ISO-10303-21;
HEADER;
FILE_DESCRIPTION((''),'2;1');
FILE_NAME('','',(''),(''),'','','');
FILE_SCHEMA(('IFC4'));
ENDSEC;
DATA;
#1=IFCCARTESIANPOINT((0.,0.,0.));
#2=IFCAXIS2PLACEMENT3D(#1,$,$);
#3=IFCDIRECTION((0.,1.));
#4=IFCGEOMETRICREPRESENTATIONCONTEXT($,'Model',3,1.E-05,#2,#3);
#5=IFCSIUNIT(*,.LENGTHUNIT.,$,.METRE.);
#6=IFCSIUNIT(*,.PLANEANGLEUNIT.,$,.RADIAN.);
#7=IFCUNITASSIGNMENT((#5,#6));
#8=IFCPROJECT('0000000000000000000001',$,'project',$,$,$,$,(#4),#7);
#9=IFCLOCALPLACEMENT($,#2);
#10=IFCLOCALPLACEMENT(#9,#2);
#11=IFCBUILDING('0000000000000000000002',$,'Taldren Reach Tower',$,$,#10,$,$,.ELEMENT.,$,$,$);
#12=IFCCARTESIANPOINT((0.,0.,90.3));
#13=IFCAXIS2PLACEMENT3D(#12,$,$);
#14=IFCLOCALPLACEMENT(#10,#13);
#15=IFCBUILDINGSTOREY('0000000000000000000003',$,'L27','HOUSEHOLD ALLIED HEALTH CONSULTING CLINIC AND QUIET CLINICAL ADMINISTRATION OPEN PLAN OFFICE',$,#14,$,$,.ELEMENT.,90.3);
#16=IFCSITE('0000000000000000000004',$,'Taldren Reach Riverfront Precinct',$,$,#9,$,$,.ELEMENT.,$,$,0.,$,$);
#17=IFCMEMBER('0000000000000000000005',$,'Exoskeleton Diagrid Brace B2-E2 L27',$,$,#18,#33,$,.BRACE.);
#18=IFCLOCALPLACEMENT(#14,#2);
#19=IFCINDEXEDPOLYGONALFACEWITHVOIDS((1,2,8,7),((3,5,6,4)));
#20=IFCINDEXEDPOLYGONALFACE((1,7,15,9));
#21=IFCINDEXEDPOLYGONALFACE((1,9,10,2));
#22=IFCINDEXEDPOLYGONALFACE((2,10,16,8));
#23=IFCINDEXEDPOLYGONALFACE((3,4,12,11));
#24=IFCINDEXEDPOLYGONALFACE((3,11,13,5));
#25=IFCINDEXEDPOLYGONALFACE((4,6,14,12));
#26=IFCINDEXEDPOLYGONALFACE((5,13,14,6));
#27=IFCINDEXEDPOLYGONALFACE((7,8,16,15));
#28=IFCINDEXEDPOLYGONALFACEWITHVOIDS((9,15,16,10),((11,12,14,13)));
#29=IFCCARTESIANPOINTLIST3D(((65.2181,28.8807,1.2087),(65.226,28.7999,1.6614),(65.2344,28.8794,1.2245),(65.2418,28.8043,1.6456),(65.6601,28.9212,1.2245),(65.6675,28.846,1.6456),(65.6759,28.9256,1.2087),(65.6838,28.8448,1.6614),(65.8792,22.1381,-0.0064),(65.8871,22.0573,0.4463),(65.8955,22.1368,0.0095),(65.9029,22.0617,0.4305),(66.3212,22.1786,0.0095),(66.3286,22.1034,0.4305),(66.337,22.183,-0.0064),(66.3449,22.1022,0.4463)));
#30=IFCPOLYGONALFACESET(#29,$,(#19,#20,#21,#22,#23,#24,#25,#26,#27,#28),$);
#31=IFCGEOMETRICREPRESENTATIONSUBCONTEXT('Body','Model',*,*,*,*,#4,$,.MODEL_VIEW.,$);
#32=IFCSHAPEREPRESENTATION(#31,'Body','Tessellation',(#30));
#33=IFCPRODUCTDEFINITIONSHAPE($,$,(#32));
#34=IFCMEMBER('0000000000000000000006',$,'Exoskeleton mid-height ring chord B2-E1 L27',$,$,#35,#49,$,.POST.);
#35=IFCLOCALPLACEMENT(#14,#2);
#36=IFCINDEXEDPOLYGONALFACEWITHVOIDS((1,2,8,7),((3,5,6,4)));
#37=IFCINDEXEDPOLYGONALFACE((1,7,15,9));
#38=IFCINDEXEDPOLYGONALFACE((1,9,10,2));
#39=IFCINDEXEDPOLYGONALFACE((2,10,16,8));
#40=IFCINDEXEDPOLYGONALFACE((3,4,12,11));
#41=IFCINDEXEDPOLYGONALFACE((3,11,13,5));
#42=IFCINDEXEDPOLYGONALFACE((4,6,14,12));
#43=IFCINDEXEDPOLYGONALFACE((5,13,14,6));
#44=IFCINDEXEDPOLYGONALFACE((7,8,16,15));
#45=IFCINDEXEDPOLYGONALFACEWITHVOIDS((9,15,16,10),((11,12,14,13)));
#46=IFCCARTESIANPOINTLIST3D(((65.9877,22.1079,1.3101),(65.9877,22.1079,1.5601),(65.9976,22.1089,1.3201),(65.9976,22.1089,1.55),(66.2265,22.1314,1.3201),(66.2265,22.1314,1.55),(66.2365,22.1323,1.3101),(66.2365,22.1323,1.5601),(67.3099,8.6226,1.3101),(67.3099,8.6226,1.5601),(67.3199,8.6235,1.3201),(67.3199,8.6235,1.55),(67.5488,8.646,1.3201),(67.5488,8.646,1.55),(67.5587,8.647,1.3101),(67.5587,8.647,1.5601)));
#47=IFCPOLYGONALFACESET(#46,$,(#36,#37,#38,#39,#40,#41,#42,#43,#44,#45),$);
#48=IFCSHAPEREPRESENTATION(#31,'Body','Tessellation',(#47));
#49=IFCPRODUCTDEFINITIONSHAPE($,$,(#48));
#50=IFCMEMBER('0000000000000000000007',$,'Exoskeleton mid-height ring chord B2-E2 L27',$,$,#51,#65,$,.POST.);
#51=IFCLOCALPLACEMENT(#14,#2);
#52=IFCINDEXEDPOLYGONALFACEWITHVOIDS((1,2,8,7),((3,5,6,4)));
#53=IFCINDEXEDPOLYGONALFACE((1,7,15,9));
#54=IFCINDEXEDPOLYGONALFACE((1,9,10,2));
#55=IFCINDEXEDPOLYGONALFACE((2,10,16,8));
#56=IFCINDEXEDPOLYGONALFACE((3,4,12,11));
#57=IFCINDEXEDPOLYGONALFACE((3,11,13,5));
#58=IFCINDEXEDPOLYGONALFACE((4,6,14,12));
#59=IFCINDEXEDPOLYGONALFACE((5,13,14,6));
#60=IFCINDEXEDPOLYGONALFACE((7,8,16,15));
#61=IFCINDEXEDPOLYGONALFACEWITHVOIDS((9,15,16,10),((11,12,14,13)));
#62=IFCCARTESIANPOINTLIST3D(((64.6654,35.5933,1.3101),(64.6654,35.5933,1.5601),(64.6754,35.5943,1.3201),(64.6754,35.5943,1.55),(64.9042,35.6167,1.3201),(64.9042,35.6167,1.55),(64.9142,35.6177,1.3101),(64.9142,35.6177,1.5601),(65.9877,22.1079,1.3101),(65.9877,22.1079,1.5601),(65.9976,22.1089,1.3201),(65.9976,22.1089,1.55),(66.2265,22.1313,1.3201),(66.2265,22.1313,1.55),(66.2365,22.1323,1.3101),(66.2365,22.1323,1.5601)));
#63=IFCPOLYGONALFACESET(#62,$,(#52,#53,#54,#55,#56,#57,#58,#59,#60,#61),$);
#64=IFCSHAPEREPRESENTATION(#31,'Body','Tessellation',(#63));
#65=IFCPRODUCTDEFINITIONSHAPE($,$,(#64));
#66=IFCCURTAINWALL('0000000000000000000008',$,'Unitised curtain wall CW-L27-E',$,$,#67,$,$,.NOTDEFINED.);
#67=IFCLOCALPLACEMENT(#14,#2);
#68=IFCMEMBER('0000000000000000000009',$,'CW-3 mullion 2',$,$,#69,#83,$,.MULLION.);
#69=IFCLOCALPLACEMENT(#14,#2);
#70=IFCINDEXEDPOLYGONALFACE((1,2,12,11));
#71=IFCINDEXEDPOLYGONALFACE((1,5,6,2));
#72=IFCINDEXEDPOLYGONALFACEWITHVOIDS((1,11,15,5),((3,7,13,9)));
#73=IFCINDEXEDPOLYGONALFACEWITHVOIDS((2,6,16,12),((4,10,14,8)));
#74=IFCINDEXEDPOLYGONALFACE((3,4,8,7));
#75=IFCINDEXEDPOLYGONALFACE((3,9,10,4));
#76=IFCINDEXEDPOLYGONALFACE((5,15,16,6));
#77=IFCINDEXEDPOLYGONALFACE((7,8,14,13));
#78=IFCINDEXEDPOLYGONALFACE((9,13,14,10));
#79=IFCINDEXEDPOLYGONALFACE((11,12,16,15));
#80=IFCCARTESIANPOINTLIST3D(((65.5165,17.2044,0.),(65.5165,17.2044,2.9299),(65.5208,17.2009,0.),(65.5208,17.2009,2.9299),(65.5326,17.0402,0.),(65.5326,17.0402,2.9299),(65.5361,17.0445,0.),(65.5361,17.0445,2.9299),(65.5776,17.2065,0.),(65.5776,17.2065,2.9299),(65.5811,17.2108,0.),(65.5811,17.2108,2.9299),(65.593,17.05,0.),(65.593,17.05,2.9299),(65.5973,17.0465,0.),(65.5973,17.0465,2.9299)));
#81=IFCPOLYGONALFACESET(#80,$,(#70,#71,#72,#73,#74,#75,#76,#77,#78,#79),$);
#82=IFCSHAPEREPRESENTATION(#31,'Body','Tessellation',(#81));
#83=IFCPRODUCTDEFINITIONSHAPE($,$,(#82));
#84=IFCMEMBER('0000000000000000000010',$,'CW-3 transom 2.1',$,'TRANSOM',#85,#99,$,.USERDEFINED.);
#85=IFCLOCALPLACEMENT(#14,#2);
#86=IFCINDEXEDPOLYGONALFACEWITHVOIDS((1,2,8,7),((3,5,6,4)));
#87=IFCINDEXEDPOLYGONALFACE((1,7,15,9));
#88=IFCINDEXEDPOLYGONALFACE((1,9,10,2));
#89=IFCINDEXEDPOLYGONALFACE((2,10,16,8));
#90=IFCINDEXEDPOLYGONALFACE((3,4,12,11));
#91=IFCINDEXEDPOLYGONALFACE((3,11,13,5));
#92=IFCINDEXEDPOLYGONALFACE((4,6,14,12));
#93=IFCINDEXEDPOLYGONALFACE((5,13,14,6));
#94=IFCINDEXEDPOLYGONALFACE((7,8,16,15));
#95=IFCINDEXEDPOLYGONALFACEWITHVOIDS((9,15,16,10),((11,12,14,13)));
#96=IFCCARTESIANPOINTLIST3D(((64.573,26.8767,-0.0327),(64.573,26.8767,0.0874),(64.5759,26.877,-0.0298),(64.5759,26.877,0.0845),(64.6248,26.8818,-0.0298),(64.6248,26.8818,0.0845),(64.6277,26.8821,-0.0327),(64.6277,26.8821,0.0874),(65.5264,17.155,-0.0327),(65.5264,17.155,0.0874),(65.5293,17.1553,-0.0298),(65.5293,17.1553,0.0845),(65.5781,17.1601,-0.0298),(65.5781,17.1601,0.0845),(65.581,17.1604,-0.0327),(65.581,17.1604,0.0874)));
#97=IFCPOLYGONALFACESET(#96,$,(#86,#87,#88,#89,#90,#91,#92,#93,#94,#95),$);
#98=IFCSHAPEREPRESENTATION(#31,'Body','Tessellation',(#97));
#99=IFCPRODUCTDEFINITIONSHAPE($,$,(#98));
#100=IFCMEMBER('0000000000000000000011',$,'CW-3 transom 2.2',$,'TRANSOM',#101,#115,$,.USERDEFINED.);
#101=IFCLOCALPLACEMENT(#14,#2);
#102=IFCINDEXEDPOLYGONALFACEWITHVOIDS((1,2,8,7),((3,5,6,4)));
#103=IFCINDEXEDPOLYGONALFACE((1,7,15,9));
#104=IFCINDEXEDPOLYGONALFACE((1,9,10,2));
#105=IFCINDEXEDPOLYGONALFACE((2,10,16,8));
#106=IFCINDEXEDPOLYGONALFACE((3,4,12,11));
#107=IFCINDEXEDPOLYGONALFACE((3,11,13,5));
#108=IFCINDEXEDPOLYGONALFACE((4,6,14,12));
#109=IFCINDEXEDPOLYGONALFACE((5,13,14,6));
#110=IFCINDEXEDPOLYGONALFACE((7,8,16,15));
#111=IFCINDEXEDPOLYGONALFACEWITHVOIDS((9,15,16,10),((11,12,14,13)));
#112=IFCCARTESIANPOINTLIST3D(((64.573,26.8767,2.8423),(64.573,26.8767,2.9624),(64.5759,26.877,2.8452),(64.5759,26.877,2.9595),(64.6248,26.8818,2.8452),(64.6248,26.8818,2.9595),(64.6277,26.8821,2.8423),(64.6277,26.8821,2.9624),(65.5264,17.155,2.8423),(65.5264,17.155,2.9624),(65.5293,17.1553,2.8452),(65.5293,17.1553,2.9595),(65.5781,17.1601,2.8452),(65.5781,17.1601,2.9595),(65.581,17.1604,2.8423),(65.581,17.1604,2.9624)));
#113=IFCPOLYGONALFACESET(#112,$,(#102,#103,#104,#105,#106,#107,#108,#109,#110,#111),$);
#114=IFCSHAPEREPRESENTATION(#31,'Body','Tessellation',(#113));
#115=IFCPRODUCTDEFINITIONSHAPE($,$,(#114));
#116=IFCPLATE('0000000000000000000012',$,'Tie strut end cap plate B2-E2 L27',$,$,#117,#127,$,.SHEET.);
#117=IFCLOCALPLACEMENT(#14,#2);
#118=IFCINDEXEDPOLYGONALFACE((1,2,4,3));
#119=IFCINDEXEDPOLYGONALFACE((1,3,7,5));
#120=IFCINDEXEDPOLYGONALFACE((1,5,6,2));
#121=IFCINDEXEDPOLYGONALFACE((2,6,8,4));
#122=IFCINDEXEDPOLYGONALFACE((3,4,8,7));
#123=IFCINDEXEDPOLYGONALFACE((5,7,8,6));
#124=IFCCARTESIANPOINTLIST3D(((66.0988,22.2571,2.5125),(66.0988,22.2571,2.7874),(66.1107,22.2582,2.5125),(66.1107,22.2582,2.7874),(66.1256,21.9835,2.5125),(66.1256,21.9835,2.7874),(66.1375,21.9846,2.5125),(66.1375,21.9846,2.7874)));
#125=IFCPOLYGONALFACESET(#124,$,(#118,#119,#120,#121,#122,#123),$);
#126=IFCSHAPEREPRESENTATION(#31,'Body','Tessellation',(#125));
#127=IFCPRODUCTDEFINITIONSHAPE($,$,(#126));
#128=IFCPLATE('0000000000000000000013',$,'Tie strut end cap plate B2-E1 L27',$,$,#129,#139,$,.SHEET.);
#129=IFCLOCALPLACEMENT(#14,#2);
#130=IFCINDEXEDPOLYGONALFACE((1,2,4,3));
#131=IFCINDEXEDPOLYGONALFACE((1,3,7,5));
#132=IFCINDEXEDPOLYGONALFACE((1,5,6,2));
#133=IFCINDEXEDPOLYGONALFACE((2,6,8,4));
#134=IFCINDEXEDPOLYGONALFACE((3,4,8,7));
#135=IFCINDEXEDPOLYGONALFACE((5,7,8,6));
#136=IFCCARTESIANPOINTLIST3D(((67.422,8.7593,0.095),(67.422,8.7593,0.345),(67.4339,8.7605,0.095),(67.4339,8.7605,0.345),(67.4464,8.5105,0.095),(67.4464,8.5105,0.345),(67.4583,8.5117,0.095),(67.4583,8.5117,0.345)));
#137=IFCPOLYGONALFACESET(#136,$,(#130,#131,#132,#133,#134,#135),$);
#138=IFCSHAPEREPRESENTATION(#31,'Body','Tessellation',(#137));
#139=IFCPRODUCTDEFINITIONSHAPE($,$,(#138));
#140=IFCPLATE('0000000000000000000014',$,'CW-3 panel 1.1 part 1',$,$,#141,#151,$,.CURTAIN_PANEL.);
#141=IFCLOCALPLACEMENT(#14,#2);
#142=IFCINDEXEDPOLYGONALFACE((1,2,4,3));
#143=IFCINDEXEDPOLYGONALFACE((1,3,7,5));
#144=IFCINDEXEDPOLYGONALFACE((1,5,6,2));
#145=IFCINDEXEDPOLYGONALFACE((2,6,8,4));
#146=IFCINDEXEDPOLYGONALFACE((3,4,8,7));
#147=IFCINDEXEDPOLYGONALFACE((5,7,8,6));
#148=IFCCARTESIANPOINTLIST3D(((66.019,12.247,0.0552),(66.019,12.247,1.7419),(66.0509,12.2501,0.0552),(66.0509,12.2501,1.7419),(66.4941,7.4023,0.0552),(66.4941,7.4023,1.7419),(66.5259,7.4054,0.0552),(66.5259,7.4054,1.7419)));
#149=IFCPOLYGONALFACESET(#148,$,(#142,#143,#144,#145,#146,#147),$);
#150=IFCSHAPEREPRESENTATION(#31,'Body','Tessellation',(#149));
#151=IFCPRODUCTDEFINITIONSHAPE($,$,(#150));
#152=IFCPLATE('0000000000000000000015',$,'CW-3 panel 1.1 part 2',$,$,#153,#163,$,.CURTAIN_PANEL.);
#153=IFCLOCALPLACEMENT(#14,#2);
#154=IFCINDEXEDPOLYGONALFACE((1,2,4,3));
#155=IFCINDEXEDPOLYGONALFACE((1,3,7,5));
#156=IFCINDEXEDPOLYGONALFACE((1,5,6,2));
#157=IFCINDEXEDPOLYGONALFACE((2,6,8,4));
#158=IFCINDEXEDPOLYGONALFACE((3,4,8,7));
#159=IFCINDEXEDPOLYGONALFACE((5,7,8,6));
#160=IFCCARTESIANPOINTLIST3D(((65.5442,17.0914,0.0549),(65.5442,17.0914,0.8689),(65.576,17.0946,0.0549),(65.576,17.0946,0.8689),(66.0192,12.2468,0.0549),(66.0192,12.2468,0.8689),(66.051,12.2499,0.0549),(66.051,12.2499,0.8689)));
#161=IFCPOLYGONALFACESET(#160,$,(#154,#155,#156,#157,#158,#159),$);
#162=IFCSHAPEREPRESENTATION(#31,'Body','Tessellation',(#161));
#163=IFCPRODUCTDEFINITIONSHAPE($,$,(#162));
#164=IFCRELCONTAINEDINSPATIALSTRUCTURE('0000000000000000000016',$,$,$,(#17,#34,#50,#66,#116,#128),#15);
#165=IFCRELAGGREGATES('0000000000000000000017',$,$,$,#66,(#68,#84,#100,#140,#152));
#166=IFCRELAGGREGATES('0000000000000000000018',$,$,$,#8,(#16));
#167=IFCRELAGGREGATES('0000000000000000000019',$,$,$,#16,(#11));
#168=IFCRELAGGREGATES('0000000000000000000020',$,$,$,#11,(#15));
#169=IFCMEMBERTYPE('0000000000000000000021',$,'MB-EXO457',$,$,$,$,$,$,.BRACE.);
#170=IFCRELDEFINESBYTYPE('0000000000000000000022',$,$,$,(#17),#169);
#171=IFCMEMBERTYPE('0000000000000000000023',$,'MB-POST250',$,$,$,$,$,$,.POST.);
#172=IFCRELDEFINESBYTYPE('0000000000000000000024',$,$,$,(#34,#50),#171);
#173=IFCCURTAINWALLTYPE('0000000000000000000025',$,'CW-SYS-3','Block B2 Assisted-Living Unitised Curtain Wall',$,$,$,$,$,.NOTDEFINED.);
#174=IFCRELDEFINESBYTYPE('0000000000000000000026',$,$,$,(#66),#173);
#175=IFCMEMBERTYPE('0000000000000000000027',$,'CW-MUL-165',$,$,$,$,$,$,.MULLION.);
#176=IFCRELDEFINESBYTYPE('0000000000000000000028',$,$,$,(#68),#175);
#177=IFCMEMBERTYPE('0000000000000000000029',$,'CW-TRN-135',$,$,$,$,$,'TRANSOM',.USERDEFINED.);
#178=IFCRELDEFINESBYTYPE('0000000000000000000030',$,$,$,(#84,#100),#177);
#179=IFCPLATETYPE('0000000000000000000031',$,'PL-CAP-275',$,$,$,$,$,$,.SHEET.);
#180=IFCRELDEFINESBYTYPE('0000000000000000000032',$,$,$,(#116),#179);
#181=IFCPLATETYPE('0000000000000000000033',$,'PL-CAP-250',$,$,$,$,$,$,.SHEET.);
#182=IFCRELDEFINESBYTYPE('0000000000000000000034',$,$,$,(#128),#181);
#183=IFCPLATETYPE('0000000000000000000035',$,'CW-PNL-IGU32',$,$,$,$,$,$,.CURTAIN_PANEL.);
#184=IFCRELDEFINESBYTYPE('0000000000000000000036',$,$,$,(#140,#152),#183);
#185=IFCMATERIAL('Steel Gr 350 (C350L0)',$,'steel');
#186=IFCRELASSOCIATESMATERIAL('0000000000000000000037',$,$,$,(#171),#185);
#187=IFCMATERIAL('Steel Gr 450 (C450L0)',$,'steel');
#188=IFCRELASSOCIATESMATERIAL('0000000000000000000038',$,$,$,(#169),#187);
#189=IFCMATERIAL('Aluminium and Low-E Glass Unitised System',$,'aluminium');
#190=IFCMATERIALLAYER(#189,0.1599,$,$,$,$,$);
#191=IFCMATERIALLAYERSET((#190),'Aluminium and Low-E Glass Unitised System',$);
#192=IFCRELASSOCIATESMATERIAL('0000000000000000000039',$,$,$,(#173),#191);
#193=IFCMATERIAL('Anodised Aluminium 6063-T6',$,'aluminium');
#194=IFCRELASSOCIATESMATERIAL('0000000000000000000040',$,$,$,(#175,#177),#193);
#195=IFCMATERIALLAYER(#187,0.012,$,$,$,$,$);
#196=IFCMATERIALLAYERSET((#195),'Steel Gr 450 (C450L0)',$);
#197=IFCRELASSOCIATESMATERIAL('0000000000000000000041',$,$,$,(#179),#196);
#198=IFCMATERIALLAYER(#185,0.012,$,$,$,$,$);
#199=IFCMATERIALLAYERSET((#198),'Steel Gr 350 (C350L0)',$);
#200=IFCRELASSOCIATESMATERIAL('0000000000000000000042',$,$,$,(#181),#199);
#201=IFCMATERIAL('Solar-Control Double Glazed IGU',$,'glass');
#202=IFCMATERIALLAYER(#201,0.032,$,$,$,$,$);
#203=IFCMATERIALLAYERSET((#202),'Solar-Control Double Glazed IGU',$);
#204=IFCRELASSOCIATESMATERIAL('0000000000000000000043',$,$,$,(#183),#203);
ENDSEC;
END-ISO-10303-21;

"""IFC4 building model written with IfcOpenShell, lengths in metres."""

from ifc_helpers import new_model, si_unit, direction, frame, origin, origin_2d, place, context, subcontext, project, spatial, rectangle, hollow_rectangle, extrude, source, transform, mapped, material, layer, layer_set, material_profile, profile_set, type_object, element, aggregate, save


model = new_model("IFC4")

# Units and contexts
model_context = context("Model", 3, precision=1e-05, world=origin(), true_north=direction((0.0, 1.0)))
body_context = subcontext(model_context, "Body", "Model", "MODEL_VIEW")
ifc_project = project(units=[si_unit("LENGTHUNIT", "METRE"), si_unit("PLANEANGLEUNIT", "RADIAN")], contexts=[model_context])

# Site, building, storey
site_placement = place(None, origin())
site = spatial("IfcSite", under=ifc_project, at=site_placement, Name="Taldren Reach Riverfront Precinct", CompositionType="ELEMENT", RefElevation=0.0)
building_placement = place(site_placement, origin())
building = spatial("IfcBuilding", under=site, at=building_placement, Name="Taldren Reach Tower", CompositionType="ELEMENT")
storey_placement = place(building_placement, frame((0.0, 0.0, 90.3)))
storey = spatial("IfcBuildingStorey", under=building, at=storey_placement, Name="L27", Description="HOUSEHOLD ALLIED HEALTH CONSULTING CLINIC AND QUIET CLINICAL ADMINISTRATION OPEN PLAN OFFICE", CompositionType="ELEMENT", Elevation=90.3)

# Shared definitions
ifc_material_1 = material(Name="Steel Gr 450 (C450L0)", Category="steel")
ifc_material_2 = material(Name="Steel Gr 350 (C350L0)", Category="steel")
ifc_material_profile_1 = material_profile(ifc_material_2, hollow_rectangle(XDim=0.25, YDim=0.25, WallThickness=0.01, at=origin_2d()), Name="250x250x10.0SHS")
ifc_profile_set_1 = profile_set([ifc_material_profile_1], Name="Steel Gr 350 (C350L0)")
member_type_1 = type_object("IfcMemberType", Name="MB-POST250", PredefinedType="POST", material=ifc_profile_set_1)

# Members
ifc_material_profile_2 = material_profile(ifc_material_1, hollow_rectangle(XDim=0.46, YDim=0.46, WallThickness=0.0161, at=origin_2d()), Name="460x460x16.0SHS")
ifc_profile_set_2 = profile_set([ifc_material_profile_2], Name="Steel Gr 450 (C450L0)")
member_type_2 = type_object("IfcMemberType", Name="MB-EXO457", PredefinedType="BRACE", material=ifc_profile_set_2)
shared_shape_1 = source(origin(), body_context, "Body", "SweptSolid", [
    extrude(hollow_rectangle(XDim=0.46, YDim=0.46, WallThickness=0.0161, at=origin_2d()), origin(), (0.0, 0.0, 1.0), 6.8831),
])
for number, where, z_axis, x_axis, name in (
    (1, (66.1121, 22.1201, 0.22), (-0.096051, 0.979597, 0.176532), (-0.995227, -0.097584, 0.0), "Exoskeleton Diagrid Brace B2-E2 L27"),
):
    element("IfcMember", number, at=place(storey_placement, frame(where, z_axis=z_axis, x_axis=x_axis)), inside=storey, type_object=member_type_2, Name=name, PredefinedType="BRACE", context=body_context, shape_type="MappedRepresentation", body=[
        mapped(shared_shape_1, transform((0.0, 0.0, 0.0), scale=1.0)),
    ])
shared_shape_2 = source(origin(), body_context, "Body", "SweptSolid", [
    extrude(hollow_rectangle(XDim=0.25, YDim=0.25, WallThickness=0.01, at=origin_2d()), origin(), (0.0, 0.0, 1.0), 13.55),
])
for number, where, z_axis, x_axis, name in (
    (2, (67.4343, 8.6348, 1.4351), (-0.097584, 0.995227, 0.0), (-0.995227, -0.097584, 0.0), "Exoskeleton mid-height ring chord B2-E1 L27"),
    (3, (66.1121, 22.1201, 1.4351), (-0.097584, 0.995227, 0.0), (-0.995227, -0.097584, 0.0), "Exoskeleton mid-height ring chord B2-E2 L27"),
):
    element("IfcMember", number, at=place(storey_placement, frame(where, z_axis=z_axis, x_axis=x_axis)), inside=storey, type_object=member_type_1, Name=name, PredefinedType="POST", context=body_context, shape_type="MappedRepresentation", body=[
        mapped(shared_shape_2, transform((0.0, 0.0, 0.0), scale=1.0)),
    ])

# Curtain wall, members
ifc_material_3 = material(Name="Aluminium and Low-E Glass Unitised System", Category="aluminium")
ifc_layer_1 = layer(ifc_material_3, 0.1599)
ifc_layer_set_1 = layer_set([ifc_layer_1], Name="Aluminium and Low-E Glass Unitised System")
curtain_wall_type = type_object("IfcCurtainWallType", Name="CW-SYS-3", Description="Block B2 Assisted-Living Unitised Curtain Wall", PredefinedType="NOTDEFINED", material=ifc_layer_set_1)
curtain_wall_placement = place(storey_placement, origin())
curtain_wall = element("IfcCurtainWall", 4, at=curtain_wall_placement, inside=storey, type_object=curtain_wall_type, Name="Unitised curtain wall CW-L27-E", PredefinedType="NOTDEFINED")
ifc_material_4 = material(Name="Anodised Aluminium 6063-T6", Category="aluminium")
ifc_material_profile_3 = material_profile(ifc_material_4, hollow_rectangle(XDim=0.0649, YDim=0.165, WallThickness=0.0039, at=origin_2d()), Name="ALU-165x65x4RHS")
ifc_profile_set_3 = profile_set([ifc_material_profile_3], Name="Anodised Aluminium 6063-T6")
member_type_3 = type_object("IfcMemberType", Name="CW-MUL-165", PredefinedType="MULLION", material=ifc_profile_set_3)
shared_shape_3 = source(origin(), body_context, "Body", "SweptSolid", [
    extrude(hollow_rectangle(XDim=0.0649, YDim=0.165, WallThickness=0.0039, at=origin_2d()), origin(), (0.0, 0.0, 1.0), 2.9299),
])
member_1_placement = place(storey_placement, frame((65.5569, 17.1255, 0.0), z_axis=(0.0, 0.0, 1.0), x_axis=(-0.995227, -0.097583, 0.0)))
member_1 = element("IfcMember", 5, at=member_1_placement, type_object=member_type_3, Name="CW-3 mullion 2", PredefinedType="MULLION", context=body_context, shape_type="MappedRepresentation", body=[
    mapped(shared_shape_3, transform((0.0, 0.0, 0.0), scale=1.0)),
])
ifc_material_profile_4 = material_profile(ifc_material_4, hollow_rectangle(XDim=0.0549, YDim=0.1201, WallThickness=0.0029, at=origin_2d()), Name="ALU-120x55x3RHS")
ifc_profile_set_4 = profile_set([ifc_material_profile_4], Name="Anodised Aluminium 6063-T6")
member_type_4 = type_object("IfcMemberType", Name="CW-TRN-135", ElementType="TRANSOM", PredefinedType="USERDEFINED", material=ifc_profile_set_4)
shared_shape_4 = source(origin(), body_context, "Body", "SweptSolid", [
    extrude(hollow_rectangle(XDim=0.0549, YDim=0.1201, WallThickness=0.0029, at=origin_2d()), origin(), (0.0, 0.0, 1.0), 9.7683),
])
member_2_placement = place(storey_placement, frame((65.5537, 17.1577, 0.0273), z_axis=(-0.097598, 0.995226, 0.0), x_axis=(-0.995226, -0.097598, 0.0)))
member_2 = element("IfcMember", 6, at=member_2_placement, type_object=member_type_4, Name="CW-3 transom 2.1", ObjectType="TRANSOM", PredefinedType="USERDEFINED", context=body_context, shape_type="MappedRepresentation", body=[
    mapped(shared_shape_4, transform((0.0, 0.0, 0.0), scale=1.0)),
])
member_3_placement = place(storey_placement, frame((65.5537, 17.1577, 2.9023), z_axis=(-0.097598, 0.995226, 0.0), x_axis=(-0.995226, -0.097598, 0.0)))
member_3 = element("IfcMember", 7, at=member_3_placement, type_object=member_type_4, Name="CW-3 transom 2.2", ObjectType="TRANSOM", PredefinedType="USERDEFINED", context=body_context, shape_type="MappedRepresentation", body=[
    mapped(shared_shape_4, transform((0.0, 0.0, 0.0), scale=1.0)),
])

# Plates
ifc_layer_2 = layer(ifc_material_1, 0.012)
ifc_layer_set_2 = layer_set([ifc_layer_2], Name="Steel Gr 450 (C450L0)")
plate_type_1 = type_object("IfcPlateType", Name="PL-CAP-275", PredefinedType="SHEET", material=ifc_layer_set_2)
shared_shape_5 = source(origin(), body_context, "Body", "SweptSolid", [
    extrude(rectangle(XDim=0.012, YDim=0.2749, at=origin_2d()), origin(), (0.0, 0.0, 1.0), 0.2749),
])
plate_1_placement = place(storey_placement, frame((66.1182, 22.1208, 2.5125), z_axis=(0.0, 0.0, 1.0), x_axis=(0.995227, 0.097583, 0.0)))
element("IfcPlate", 8, at=plate_1_placement, inside=storey, type_object=plate_type_1, Name="Tie strut end cap plate B2-E2 L27", PredefinedType="SHEET", context=body_context, shape_type="MappedRepresentation", body=[
    mapped(shared_shape_5, transform((0.0, 0.0, 0.0), scale=1.0)),
])
ifc_layer_3 = layer(ifc_material_2, 0.012)
ifc_layer_set_3 = layer_set([ifc_layer_3], Name="Steel Gr 350 (C350L0)")
plate_type_2 = type_object("IfcPlateType", Name="PL-CAP-250", PredefinedType="SHEET", material=ifc_layer_set_3)
shared_shape_6 = source(origin(), body_context, "Body", "SweptSolid", [
    extrude(rectangle(XDim=0.012, YDim=0.25, at=origin_2d()), origin(), (0.0, 0.0, 1.0), 0.25),
])
plate_2_placement = place(storey_placement, frame((67.4402, 8.6355, 0.095), z_axis=(0.0, 0.0, 1.0), x_axis=(0.995227, 0.097583, 0.0)))
element("IfcPlate", 9, at=plate_2_placement, inside=storey, type_object=plate_type_2, Name="Tie strut end cap plate B2-E1 L27", PredefinedType="SHEET", context=body_context, shape_type="MappedRepresentation", body=[
    mapped(shared_shape_6, transform((0.0, 0.0, 0.0), scale=1.0)),
])

# Plates
ifc_material_5 = material(Name="Solar-Control Double Glazed IGU", Category="glass")
ifc_layer_4 = layer(ifc_material_5, 0.032)
ifc_layer_set_4 = layer_set([ifc_layer_4], Name="Solar-Control Double Glazed IGU")
plate_type_3 = type_object("IfcPlateType", Name="CW-PNL-IGU32", PredefinedType="CURTAIN_PANEL", material=ifc_layer_set_4)
shared_shape_7 = source(origin(), body_context, "Body", "SweptSolid", [
    extrude(rectangle(XDim=4.8679, YDim=0.032, at=origin_2d()), origin(), (0.0, 0.0, 1.0), 1.6868),
])
plate_3_placement = place(storey_placement, frame((66.2725, 9.8262, 0.0552), z_axis=(0.0, 0.0, 1.0), x_axis=(-0.097583, 0.995227, 0.0)))
plate_3 = element("IfcPlate", 10, at=plate_3_placement, type_object=plate_type_3, Name="CW-3 panel 1.1 part 1", PredefinedType="CURTAIN_PANEL", context=body_context, shape_type="MappedRepresentation", body=[
    mapped(shared_shape_7, transform((0.0, 0.0, 0.0), scale=1.0)),
])
shared_shape_8 = source(origin(), body_context, "Body", "SweptSolid", [
    extrude(rectangle(XDim=4.8679, YDim=0.032, at=origin_2d()), origin(), (0.0, 0.0, 1.0), 0.814),
])
plate_4_placement = place(storey_placement, frame((65.7976, 14.6707, 0.0549), z_axis=(0.0, 0.0, 1.0), x_axis=(-0.097583, 0.995227, 0.0)))
plate_4 = element("IfcPlate", 11, at=plate_4_placement, type_object=plate_type_3, Name="CW-3 panel 1.1 part 2", PredefinedType="CURTAIN_PANEL", context=body_context, shape_type="MappedRepresentation", body=[
    mapped(shared_shape_8, transform((0.0, 0.0, 0.0), scale=1.0)),
])
aggregate(curtain_wall, [member_1, member_2, member_3, plate_3, plate_4])

save(model, "model.ifc")
